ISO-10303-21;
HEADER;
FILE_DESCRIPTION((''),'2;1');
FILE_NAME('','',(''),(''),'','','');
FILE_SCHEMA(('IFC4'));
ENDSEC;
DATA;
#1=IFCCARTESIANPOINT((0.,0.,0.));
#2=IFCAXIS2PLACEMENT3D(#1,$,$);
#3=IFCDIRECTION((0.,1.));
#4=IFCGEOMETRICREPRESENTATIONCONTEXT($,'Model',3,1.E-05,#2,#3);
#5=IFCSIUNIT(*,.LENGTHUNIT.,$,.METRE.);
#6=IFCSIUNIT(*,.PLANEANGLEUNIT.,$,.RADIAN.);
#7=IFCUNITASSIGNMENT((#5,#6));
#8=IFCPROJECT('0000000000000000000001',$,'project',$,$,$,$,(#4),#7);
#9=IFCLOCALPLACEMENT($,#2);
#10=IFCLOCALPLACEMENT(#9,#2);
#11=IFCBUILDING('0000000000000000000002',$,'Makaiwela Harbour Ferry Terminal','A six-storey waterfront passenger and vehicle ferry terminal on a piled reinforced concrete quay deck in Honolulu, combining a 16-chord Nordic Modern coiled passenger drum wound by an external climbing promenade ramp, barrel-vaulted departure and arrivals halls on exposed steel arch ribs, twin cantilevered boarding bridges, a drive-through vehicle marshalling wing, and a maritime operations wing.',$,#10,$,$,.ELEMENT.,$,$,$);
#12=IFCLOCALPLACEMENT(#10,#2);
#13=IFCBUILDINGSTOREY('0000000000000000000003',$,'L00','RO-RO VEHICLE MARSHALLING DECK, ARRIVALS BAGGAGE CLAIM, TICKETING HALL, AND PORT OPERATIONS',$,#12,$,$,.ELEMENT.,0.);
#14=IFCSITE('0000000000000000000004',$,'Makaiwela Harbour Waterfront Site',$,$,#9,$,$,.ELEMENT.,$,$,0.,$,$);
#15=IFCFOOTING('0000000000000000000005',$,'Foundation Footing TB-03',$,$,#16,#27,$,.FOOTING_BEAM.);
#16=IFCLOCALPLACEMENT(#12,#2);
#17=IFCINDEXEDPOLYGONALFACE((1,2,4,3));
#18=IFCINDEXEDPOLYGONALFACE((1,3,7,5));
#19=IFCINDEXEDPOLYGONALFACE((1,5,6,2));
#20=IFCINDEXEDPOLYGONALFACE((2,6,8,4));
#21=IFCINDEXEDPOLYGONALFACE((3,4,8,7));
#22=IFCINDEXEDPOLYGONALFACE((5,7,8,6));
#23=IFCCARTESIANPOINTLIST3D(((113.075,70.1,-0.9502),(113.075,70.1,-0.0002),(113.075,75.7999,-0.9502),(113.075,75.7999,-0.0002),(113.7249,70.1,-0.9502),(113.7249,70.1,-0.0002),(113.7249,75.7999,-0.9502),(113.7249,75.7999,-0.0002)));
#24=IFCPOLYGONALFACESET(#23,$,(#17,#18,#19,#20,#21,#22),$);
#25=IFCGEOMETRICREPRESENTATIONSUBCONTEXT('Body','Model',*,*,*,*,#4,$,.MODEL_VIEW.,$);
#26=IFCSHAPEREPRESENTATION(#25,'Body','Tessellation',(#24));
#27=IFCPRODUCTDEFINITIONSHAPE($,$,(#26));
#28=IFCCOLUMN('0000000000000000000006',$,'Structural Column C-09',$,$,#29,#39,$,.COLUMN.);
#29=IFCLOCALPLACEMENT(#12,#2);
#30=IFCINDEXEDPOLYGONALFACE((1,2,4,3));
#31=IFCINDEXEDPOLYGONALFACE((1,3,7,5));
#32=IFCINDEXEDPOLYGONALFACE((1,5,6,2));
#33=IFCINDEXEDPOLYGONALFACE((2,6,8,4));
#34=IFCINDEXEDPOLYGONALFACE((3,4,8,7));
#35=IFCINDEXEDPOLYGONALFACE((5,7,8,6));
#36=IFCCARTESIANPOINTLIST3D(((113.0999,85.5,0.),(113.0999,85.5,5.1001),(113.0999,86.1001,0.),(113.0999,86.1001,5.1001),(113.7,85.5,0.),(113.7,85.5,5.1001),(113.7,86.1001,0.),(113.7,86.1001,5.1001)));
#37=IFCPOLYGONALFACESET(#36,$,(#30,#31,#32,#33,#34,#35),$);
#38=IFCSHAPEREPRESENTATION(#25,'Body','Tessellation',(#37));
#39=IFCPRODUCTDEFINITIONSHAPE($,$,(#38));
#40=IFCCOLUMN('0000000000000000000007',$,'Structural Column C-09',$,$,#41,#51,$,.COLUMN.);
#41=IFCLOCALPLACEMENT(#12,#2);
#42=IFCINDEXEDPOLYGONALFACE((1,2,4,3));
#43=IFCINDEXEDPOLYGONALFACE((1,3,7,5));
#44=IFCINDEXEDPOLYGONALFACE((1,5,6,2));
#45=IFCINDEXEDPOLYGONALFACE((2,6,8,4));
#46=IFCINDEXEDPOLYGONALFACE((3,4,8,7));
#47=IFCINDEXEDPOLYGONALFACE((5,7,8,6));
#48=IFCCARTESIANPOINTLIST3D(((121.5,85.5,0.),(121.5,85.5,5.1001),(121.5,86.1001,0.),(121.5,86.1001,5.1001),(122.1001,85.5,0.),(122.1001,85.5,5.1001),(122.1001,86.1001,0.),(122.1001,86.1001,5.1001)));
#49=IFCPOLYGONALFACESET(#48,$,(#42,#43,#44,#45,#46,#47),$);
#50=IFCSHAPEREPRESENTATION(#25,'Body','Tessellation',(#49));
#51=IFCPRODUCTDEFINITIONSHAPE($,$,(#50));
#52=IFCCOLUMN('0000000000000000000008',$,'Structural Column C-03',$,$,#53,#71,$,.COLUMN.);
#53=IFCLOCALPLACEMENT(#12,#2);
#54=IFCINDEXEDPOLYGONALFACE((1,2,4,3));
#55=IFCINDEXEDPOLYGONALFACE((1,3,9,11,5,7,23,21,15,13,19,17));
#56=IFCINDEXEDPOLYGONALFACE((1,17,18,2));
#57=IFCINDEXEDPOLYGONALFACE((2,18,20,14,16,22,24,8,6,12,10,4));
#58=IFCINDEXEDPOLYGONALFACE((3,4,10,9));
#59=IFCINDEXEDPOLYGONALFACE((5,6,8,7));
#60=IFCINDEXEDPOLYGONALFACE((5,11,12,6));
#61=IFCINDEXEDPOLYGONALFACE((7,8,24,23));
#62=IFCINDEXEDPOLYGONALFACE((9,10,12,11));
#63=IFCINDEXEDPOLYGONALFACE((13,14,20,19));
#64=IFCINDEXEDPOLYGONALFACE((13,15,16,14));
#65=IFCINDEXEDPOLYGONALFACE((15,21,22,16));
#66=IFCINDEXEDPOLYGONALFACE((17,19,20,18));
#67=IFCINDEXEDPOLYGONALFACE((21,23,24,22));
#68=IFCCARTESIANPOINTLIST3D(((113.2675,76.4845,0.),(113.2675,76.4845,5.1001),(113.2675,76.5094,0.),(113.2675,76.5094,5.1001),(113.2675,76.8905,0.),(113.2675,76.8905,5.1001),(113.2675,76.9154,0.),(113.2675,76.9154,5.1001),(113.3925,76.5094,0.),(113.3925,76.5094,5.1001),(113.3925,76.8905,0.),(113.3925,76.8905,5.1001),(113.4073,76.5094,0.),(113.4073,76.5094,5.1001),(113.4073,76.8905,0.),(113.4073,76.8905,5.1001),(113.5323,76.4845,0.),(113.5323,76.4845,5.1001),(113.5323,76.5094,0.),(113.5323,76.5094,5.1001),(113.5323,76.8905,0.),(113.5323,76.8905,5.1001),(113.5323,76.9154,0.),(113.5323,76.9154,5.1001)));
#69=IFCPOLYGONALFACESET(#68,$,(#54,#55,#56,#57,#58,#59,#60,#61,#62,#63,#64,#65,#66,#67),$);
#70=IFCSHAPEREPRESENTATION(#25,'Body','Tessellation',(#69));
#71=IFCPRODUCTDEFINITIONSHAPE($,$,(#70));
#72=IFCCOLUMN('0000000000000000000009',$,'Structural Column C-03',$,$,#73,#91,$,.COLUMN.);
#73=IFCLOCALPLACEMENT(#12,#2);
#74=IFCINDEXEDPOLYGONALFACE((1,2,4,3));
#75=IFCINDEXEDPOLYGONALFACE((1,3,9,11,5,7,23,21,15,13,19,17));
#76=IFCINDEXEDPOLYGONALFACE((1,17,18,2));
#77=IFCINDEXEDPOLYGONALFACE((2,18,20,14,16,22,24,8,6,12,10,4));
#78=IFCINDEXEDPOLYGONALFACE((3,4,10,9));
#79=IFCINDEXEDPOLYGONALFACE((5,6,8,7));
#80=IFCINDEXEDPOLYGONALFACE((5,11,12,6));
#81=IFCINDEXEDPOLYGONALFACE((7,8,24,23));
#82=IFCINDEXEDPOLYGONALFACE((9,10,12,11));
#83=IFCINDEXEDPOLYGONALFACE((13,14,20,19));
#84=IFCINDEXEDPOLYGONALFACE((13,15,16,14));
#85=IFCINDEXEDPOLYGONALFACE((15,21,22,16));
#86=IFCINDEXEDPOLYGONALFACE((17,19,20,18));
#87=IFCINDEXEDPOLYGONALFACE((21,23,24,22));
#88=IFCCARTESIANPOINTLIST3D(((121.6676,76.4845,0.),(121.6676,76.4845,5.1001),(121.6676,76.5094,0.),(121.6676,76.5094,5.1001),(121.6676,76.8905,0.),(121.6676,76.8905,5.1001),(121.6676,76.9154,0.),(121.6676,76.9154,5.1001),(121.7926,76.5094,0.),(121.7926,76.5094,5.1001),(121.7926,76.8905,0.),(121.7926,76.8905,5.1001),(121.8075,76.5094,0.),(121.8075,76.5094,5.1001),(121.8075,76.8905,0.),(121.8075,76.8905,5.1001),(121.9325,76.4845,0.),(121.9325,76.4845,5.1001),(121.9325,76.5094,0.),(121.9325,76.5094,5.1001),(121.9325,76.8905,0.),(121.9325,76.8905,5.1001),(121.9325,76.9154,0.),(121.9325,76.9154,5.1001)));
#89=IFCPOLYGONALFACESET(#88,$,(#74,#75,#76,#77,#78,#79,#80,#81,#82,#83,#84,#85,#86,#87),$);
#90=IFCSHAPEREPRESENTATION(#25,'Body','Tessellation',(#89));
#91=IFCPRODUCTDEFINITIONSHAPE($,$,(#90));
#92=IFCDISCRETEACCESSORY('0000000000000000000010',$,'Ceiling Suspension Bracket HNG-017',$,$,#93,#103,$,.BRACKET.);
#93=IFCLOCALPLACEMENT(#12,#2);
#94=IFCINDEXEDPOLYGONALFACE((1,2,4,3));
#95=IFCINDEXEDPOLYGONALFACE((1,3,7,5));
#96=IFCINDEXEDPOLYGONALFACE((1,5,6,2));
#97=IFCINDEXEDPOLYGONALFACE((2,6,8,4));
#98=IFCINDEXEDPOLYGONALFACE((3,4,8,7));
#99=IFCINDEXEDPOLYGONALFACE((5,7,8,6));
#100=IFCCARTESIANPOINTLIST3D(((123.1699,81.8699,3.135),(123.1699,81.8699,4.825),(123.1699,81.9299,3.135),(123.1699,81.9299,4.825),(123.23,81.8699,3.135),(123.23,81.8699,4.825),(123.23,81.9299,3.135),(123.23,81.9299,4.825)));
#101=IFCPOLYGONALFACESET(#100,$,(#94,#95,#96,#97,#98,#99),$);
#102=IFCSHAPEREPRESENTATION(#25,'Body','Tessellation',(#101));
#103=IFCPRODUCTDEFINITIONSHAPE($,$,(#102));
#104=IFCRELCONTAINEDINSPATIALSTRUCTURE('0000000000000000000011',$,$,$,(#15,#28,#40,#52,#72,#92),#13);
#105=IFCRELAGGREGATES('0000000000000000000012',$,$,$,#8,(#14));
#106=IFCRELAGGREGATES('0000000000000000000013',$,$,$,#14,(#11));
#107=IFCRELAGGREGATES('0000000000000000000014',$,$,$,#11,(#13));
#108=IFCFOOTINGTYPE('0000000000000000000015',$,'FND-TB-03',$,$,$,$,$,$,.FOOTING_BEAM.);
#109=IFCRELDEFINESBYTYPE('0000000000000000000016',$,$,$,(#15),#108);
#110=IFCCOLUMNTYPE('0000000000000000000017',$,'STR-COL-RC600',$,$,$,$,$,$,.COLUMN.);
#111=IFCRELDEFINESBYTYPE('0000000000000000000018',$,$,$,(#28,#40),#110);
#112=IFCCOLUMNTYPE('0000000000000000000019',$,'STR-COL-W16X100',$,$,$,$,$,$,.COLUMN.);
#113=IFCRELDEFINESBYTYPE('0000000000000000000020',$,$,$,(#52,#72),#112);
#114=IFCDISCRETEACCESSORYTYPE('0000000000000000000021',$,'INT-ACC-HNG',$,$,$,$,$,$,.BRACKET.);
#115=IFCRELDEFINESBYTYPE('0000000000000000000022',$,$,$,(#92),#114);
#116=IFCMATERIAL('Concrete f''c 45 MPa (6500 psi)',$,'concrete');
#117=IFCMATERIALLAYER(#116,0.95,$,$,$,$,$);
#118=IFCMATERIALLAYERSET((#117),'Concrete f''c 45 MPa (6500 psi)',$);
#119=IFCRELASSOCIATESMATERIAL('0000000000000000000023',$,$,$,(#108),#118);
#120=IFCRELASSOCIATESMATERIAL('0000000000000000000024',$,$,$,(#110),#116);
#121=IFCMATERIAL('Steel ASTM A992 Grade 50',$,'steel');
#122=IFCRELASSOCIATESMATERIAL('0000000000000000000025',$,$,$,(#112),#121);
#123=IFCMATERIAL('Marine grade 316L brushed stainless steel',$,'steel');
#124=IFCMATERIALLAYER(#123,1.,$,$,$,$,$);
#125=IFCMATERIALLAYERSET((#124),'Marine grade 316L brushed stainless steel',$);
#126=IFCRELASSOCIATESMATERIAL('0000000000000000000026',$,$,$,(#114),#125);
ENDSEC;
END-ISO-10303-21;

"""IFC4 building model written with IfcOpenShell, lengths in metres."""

from ifc_helpers import new_model, si_unit, direction, frame, origin, origin_2d, place, context, subcontext, project, spatial, rectangle, i_section, extrude, material, layer, layer_set, material_profile, profile_set, type_object, element, save


model = new_model("IFC4")

# Units and contexts
model_context = context("Model", 3, precision=1e-05, world=origin(), true_north=direction((0.0, 1.0)))
body_context = subcontext(model_context, "Body", "Model", "MODEL_VIEW")
ifc_project = project(units=[si_unit("LENGTHUNIT", "METRE"), si_unit("PLANEANGLEUNIT", "RADIAN")], contexts=[model_context])

# Site, building, storey
site_placement = place(None, origin())
site = spatial("IfcSite", under=ifc_project, at=site_placement, Name="Makaiwela Harbour Waterfront Site", CompositionType="ELEMENT", RefElevation=0.0)
building_placement = place(site_placement, origin())
building = spatial("IfcBuilding", under=site, at=building_placement, Name="Makaiwela Harbour Ferry Terminal", Description="A six-storey waterfront passenger and vehicle ferry terminal on a piled reinforced concrete quay deck in Honolulu, combining a 16-chord Nordic Modern coiled passenger drum wound by an external climbing promenade ramp, barrel-vaulted departure and arrivals halls on exposed steel arch ribs, twin cantilevered boarding bridges, a drive-through vehicle marshalling wing, and a maritime operations wing.", CompositionType="ELEMENT")
storey_placement = place(building_placement, origin())
storey = spatial("IfcBuildingStorey", under=building, at=storey_placement, Name="L00", Description="RO-RO VEHICLE MARSHALLING DECK, ARRIVALS BAGGAGE CLAIM, TICKETING HALL, AND PORT OPERATIONS", CompositionType="ELEMENT", Elevation=0.0)

# Shared definitions
ifc_material_1 = material(Name="Concrete f'c 45 MPa (6500 psi)", Category="concrete")

# Footing
ifc_layer_1 = layer(ifc_material_1, 0.95)
ifc_layer_set_1 = layer_set([ifc_layer_1], Name="Concrete f'c 45 MPa (6500 psi)")
footing_type_1 = type_object("IfcFootingType", Name="FND-TB-03", PredefinedType="FOOTING_BEAM", material=ifc_layer_set_1)
footing_1_placement = place(storey_placement, frame((113.3999, 72.95, -0.9502), z_axis=(0.0, 0.0, 1.0), x_axis=(0.0, 1.0, 0.0)))
element("IfcFooting", 1, at=footing_1_placement, inside=storey, type_object=footing_type_1, Name="Foundation Footing TB-03", PredefinedType="FOOTING_BEAM", context=body_context, shape_type="SweptSolid", body=[
    extrude(rectangle(XDim=5.7, YDim=0.6499, at=origin_2d()), origin(), (0.0, 0.0, 1.0), 0.95),
])

# Columns
ifc_material_profile_1 = material_profile(ifc_material_1, rectangle(XDim=0.6001, YDim=0.6001, at=origin_2d()), Name="RC-600X600")
ifc_profile_set_1 = profile_set([ifc_material_profile_1], Name="Concrete f'c 45 MPa (6500 psi)")
column_type_1 = type_object("IfcColumnType", Name="STR-COL-RC600", PredefinedType="COLUMN", material=ifc_profile_set_1)
for number, where, z_axis, x_axis, name in (
    (2, (113.3999, 85.8, 0.0), (0.0, 0.0, 1.0), (1.0, 0.0, 0.0), "Structural Column C-09"),
    (3, (121.8, 85.8, 0.0), (0.0, 0.0, 1.0), (1.0, 0.0, 0.0), "Structural Column C-09"),
):
    element("IfcColumn", number, at=place(storey_placement, frame(where, z_axis=z_axis, x_axis=x_axis)), inside=storey, type_object=column_type_1, Name=name, PredefinedType="COLUMN", context=body_context, shape_type="SweptSolid", body=[
        extrude(rectangle(XDim=0.6001, YDim=0.6001, at=origin_2d()), origin(), (0.0, 0.0, 1.0), 5.1001),
    ])
ifc_material_2 = material(Name="Steel ASTM A992 Grade 50", Category="steel")
ifc_material_profile_2 = material_profile(ifc_material_2, i_section(OverallWidth=0.2649, OverallDepth=0.4309, WebThickness=0.0149, FlangeThickness=0.0249, at=origin_2d()), Name="W16X100")
ifc_profile_set_2 = profile_set([ifc_material_profile_2], Name="Steel ASTM A992 Grade 50")
column_type_2 = type_object("IfcColumnType", Name="STR-COL-W16X100", PredefinedType="COLUMN", material=ifc_profile_set_2)
for number, where, z_axis, x_axis, name in (
    (4, (113.3999, 76.7, 0.0), (0.0, 0.0, 1.0), (1.0, 0.0, 0.0), "Structural Column C-03"),
    (5, (121.8, 76.7, 0.0), (0.0, 0.0, 1.0), (1.0, 0.0, 0.0), "Structural Column C-03"),
):
    element("IfcColumn", number, at=place(storey_placement, frame(where, z_axis=z_axis, x_axis=x_axis)), inside=storey, type_object=column_type_2, Name=name, PredefinedType="COLUMN", context=body_context, shape_type="SweptSolid", body=[
        extrude(i_section(OverallWidth=0.2649, OverallDepth=0.4309, WebThickness=0.0149, FlangeThickness=0.0249, at=origin_2d()), origin(), (0.0, 0.0, 1.0), 5.1001),
    ])

# Discrete accessory
ifc_material_3 = material(Name="Marine grade 316L brushed stainless steel", Category="steel")
ifc_layer_2 = layer(ifc_material_3, 1.0)
ifc_layer_set_2 = layer_set([ifc_layer_2], Name="Marine grade 316L brushed stainless steel")
discrete_accessory_type = type_object("IfcDiscreteAccessoryType", Name="INT-ACC-HNG", PredefinedType="BRACKET", material=ifc_layer_set_2)
discrete_accessory_placement = place(storey_placement, frame((123.2, 81.8999, 3.135), z_axis=(0.0, 0.0, 1.0), x_axis=(1.0, 0.0, 0.0)))
element("IfcDiscreteAccessory", 6, at=discrete_accessory_placement, inside=storey, type_object=discrete_accessory_type, Name="Ceiling Suspension Bracket HNG-017", PredefinedType="BRACKET", context=body_context, shape_type="SweptSolid", body=[
    extrude(rectangle(XDim=0.0601, YDim=0.0601, at=origin_2d()), origin(), (0.0, 0.0, 1.0), 1.6899),
])

save(model, "model.ifc")
